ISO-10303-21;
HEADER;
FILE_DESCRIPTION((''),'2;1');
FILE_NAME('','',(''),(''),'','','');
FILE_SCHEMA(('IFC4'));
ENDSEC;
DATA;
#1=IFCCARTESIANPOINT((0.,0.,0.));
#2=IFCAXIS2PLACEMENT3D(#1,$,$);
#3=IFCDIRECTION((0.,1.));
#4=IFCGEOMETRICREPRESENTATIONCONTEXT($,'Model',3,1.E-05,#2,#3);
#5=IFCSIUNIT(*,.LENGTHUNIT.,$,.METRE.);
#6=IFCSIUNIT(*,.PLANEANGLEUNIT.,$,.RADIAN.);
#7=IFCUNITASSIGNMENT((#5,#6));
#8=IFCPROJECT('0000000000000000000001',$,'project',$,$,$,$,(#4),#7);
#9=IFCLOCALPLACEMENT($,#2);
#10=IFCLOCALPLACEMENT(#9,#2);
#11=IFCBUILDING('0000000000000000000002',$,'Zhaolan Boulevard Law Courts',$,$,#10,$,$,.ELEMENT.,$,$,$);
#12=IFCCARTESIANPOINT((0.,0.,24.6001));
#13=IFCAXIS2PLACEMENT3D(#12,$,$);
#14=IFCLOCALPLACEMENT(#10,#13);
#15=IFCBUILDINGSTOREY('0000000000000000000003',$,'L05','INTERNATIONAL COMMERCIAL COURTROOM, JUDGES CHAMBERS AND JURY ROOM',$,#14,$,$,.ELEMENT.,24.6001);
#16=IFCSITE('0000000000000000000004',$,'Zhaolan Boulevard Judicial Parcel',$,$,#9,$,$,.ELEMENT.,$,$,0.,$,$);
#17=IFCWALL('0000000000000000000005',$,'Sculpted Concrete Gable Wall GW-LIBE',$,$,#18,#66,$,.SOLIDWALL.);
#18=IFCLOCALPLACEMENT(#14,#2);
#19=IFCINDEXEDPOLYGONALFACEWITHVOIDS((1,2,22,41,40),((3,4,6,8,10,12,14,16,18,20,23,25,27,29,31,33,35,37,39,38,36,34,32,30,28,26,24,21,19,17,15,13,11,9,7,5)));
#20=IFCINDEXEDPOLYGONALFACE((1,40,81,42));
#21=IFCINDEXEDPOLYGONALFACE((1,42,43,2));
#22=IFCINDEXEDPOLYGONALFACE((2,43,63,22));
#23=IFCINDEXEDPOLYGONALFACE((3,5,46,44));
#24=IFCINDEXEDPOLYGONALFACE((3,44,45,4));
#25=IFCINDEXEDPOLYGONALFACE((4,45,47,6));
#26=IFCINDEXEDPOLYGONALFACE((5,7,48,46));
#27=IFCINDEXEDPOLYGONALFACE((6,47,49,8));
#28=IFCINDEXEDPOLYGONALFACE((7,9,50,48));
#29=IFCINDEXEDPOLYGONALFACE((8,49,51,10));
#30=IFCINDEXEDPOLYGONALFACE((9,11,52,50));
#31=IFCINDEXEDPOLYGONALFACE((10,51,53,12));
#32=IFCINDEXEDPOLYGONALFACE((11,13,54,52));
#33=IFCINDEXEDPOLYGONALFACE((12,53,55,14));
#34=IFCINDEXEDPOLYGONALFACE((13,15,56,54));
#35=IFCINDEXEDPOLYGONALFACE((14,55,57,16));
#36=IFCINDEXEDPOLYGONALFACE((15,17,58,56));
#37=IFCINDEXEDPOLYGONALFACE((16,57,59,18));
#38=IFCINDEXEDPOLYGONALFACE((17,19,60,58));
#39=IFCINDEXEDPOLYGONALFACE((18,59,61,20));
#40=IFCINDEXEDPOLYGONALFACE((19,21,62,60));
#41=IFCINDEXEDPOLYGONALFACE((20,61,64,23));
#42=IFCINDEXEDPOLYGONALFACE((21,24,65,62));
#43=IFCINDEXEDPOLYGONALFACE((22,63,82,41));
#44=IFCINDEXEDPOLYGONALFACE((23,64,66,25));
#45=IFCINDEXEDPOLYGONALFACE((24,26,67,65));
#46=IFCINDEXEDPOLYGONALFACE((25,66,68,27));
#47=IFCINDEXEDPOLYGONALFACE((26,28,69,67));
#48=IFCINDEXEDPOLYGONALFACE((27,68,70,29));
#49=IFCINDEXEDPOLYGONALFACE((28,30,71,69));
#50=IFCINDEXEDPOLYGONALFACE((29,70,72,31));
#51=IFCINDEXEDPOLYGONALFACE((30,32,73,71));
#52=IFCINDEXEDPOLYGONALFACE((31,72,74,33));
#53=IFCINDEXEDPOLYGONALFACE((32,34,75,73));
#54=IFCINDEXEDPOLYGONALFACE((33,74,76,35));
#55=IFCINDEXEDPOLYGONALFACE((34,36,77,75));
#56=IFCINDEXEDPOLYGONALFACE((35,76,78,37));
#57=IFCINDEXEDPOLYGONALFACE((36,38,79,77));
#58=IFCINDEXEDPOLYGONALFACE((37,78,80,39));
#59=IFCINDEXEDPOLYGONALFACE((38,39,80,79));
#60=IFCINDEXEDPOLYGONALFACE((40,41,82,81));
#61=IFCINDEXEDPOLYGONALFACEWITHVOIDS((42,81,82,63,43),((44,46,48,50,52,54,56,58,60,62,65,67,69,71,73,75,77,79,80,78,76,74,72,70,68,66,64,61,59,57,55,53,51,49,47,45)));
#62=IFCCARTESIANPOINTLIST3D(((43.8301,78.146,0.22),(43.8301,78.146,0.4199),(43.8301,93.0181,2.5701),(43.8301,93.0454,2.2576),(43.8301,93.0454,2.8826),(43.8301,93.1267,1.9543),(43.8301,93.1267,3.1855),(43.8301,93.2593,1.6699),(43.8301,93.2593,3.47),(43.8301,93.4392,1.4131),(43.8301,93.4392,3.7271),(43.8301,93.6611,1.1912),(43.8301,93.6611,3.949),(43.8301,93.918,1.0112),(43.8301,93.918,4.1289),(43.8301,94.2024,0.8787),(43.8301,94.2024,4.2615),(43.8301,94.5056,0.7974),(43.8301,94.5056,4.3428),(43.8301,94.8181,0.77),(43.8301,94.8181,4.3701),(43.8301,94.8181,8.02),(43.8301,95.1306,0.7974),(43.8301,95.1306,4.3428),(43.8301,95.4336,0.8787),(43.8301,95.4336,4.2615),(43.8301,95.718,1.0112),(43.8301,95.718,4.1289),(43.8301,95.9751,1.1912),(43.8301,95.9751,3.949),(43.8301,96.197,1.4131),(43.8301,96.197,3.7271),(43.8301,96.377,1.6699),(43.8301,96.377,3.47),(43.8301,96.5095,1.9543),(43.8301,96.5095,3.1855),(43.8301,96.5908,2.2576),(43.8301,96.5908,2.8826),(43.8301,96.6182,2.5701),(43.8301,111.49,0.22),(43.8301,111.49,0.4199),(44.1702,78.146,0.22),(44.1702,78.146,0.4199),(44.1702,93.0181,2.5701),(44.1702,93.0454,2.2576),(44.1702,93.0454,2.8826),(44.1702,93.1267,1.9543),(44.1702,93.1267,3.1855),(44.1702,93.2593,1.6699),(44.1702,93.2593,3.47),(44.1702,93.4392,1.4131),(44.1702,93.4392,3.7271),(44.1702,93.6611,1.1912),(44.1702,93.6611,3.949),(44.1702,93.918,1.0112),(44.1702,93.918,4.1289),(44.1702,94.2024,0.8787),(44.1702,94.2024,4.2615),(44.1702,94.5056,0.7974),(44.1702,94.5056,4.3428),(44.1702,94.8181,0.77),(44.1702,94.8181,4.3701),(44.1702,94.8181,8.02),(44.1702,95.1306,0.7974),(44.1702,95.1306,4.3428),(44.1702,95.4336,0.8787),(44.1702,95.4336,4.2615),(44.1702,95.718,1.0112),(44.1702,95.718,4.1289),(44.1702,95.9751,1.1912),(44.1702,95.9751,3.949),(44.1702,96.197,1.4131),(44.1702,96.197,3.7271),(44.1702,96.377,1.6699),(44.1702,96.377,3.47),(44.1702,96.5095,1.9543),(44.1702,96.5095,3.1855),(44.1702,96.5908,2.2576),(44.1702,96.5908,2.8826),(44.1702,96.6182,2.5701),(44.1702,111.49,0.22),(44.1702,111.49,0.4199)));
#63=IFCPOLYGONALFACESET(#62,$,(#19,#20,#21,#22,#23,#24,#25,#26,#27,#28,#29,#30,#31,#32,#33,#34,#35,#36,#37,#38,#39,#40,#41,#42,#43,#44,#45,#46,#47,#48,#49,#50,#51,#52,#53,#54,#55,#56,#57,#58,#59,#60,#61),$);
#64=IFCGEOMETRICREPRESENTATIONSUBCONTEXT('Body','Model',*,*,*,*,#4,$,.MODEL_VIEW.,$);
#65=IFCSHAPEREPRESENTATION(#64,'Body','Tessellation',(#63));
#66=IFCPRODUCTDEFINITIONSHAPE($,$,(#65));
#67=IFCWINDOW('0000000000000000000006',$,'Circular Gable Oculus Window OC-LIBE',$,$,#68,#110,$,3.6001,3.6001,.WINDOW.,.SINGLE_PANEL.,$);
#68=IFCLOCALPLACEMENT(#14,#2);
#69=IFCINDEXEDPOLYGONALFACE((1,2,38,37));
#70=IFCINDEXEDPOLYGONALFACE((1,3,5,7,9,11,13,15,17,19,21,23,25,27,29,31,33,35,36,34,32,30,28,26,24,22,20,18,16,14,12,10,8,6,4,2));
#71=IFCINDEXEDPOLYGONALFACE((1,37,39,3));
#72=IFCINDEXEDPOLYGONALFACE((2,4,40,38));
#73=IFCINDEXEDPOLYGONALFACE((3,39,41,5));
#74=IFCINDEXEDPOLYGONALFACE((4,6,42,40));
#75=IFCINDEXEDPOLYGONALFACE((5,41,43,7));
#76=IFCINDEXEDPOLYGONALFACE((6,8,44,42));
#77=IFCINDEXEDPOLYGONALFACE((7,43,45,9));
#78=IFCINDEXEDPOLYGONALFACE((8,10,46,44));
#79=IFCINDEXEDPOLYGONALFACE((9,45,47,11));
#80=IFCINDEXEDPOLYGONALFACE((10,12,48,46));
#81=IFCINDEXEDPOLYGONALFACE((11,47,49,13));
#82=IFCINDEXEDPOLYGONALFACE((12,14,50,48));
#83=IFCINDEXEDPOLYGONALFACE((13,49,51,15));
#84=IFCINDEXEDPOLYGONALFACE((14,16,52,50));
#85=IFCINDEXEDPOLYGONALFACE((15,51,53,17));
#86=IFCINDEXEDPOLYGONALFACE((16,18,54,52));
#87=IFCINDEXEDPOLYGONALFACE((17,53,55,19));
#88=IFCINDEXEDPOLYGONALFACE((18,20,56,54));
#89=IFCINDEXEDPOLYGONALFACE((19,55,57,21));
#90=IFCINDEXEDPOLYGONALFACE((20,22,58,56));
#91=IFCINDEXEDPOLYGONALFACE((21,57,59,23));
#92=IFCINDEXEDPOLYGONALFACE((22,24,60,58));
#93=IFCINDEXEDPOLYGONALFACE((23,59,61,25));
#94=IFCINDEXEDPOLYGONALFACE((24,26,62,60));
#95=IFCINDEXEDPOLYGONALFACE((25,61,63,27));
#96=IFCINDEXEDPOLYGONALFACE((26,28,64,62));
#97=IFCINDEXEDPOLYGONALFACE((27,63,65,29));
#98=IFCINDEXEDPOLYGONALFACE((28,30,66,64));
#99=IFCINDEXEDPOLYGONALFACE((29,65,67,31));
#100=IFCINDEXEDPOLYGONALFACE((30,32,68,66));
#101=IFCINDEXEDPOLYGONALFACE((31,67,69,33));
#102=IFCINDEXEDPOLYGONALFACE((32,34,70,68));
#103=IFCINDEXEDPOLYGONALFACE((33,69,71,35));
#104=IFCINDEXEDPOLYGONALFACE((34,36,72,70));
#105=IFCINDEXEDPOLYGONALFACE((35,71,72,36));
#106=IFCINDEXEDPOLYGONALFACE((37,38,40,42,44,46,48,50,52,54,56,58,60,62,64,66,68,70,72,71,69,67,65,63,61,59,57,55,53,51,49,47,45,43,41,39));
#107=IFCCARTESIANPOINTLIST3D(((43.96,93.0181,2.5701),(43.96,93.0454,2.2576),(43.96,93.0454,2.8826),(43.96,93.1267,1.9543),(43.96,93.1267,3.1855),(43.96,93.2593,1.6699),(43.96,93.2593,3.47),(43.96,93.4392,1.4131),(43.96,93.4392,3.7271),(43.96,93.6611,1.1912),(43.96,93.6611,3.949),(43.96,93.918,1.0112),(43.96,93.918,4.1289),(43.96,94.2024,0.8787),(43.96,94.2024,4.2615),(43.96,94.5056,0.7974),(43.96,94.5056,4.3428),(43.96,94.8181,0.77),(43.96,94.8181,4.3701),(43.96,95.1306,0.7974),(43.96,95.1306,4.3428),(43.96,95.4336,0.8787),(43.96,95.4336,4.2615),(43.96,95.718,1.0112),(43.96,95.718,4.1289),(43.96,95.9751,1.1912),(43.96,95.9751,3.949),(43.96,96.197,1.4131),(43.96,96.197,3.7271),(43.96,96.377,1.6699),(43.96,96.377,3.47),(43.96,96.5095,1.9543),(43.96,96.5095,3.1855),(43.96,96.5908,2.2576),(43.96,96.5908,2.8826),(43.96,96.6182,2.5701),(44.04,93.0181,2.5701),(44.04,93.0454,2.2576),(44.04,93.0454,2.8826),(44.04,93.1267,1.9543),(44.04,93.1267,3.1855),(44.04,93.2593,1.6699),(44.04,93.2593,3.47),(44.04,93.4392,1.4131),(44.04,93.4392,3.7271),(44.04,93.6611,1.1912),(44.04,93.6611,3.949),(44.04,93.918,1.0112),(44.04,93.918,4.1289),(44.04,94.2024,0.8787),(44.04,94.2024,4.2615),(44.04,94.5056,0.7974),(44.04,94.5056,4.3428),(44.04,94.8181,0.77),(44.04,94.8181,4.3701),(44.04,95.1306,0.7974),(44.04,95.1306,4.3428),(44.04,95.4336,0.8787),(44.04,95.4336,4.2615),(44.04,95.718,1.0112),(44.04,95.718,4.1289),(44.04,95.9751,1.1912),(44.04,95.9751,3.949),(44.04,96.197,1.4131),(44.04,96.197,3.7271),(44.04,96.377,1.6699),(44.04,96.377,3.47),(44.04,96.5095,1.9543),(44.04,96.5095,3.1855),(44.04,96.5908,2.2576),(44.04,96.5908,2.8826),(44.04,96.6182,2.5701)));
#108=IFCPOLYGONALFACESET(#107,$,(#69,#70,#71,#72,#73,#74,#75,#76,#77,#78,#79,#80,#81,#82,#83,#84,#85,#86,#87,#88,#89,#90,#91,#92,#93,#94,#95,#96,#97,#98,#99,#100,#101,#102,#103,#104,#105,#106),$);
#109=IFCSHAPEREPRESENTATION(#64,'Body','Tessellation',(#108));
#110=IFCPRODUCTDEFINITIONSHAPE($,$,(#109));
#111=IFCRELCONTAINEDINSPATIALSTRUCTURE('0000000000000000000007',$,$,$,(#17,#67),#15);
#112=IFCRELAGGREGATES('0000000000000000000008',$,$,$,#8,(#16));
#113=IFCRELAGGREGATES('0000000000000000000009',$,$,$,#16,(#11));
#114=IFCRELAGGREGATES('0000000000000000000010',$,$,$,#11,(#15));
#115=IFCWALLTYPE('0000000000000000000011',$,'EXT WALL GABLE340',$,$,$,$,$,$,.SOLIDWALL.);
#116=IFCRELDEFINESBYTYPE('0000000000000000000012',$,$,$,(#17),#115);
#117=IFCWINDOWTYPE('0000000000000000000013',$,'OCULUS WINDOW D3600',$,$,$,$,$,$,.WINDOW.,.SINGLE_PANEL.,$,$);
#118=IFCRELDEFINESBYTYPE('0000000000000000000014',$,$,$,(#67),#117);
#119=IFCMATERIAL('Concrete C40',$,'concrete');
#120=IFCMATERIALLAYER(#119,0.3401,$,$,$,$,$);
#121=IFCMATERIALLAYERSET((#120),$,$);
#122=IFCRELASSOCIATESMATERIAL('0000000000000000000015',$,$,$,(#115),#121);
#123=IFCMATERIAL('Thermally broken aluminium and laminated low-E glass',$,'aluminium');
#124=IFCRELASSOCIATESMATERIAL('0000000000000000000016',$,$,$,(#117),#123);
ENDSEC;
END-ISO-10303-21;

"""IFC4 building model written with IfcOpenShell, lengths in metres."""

from ifc_helpers import new_model, si_unit, direction, frame, origin, place, context, subcontext, project, spatial, polyline, outline, extrude, material, layer, layer_set, type_object, element, fill, save


model = new_model("IFC4")

# Units and contexts
model_context = context("Model", 3, precision=1e-05, world=origin(), true_north=direction((0.0, 1.0)))
body_context = subcontext(model_context, "Body", "Model", "MODEL_VIEW")
ifc_project = project(units=[si_unit("LENGTHUNIT", "METRE"), si_unit("PLANEANGLEUNIT", "RADIAN")], contexts=[model_context])

# Site, building, storey
site_placement = place(None, origin())
site = spatial("IfcSite", under=ifc_project, at=site_placement, Name="Zhaolan Boulevard Judicial Parcel", CompositionType="ELEMENT", RefElevation=0.0)
building_placement = place(site_placement, origin())
building = spatial("IfcBuilding", under=site, at=building_placement, Name="Zhaolan Boulevard Law Courts", CompositionType="ELEMENT")
storey_placement = place(building_placement, frame((0.0, 0.0, 24.6001)))
storey = spatial("IfcBuildingStorey", under=building, at=storey_placement, Name="L05", Description="INTERNATIONAL COMMERCIAL COURTROOM, JUDGES CHAMBERS AND JURY ROOM", CompositionType="ELEMENT", Elevation=24.6001)

# Wall, opening, window
ifc_material_1 = material(Name="Concrete C40", Category="concrete")
ifc_layer_1 = layer(ifc_material_1, 0.3401)
ifc_layer_set_1 = layer_set([ifc_layer_1])
wall_type_1 = type_object("IfcWallType", Name="EXT WALL GABLE340", PredefinedType="SOLIDWALL", material=ifc_layer_set_1)
wall_1_placement = place(storey_placement, frame((44.0, 78.146, 0.22), z_axis=(0.0, 0.0, 1.0), x_axis=(0.0, 1.0, 0.0)))
wall_1 = element("IfcWall", 1, at=wall_1_placement, inside=storey, type_object=wall_type_1, Name="Sculpted Concrete Gable Wall GW-LIBE", PredefinedType="SOLIDWALL", context=body_context, shape_type="SweptSolid", body=[
    extrude(outline(polyline([(0.0, 0.0), (33.344, 0.0), (33.344, 0.2), (16.6721, 7.8), (0.0, 0.2), (0.0, 0.0)])), frame((0.0, 0.1699, 0.0), z_axis=(0.0, -1.0, 0.0), x_axis=(1.0, 0.0, 0.0)), (0.0, 0.0, 1.0), 0.3401),
])
opening_placement = place(wall_1_placement, frame((14.8721, 0.0, 0.55)))
opening = element("IfcOpeningElement", 2, at=opening_placement, cuts=wall_1, PredefinedType="OPENING", context=body_context, shape_type="SweptSolid", body=[
    extrude(outline(polyline([(3.6001, 1.8), (3.5728, 2.1125), (3.4915, 2.4155), (3.3589, 2.7), (3.179, 2.957), (2.957, 3.179), (2.7, 3.3589), (2.4155, 3.4915), (2.1125, 3.5728), (1.8, 3.6001), (1.4875, 3.5728), (1.1843, 3.4915), (0.8999, 3.3589), (0.6431, 3.179), (0.4211, 2.957), (0.2412, 2.7), (0.1086, 2.4155), (0.0273, 2.1125), (0.0, 1.8), (0.0273, 1.4875), (0.1086, 1.1843), (0.2412, 0.8999), (0.4211, 0.6431), (0.6431, 0.4211), (0.8999, 0.2412), (1.1843, 0.1086), (1.4875, 0.0273), (1.8, 0.0), (2.1125, 0.0273), (2.4155, 0.1086), (2.7, 0.2412), (2.957, 0.4211), (3.179, 0.6431), (3.3589, 0.8999), (3.4915, 1.1843), (3.5728, 1.4875), (3.6001, 1.8)])), frame((0.0, 0.1799, 0.0), z_axis=(0.0, -1.0, 0.0), x_axis=(1.0, 0.0, 0.0)), (0.0, 0.0, 1.0), 0.3601),
])
ifc_material_2 = material(Name="Thermally broken aluminium and laminated low-E glass", Category="aluminium")
window_type = type_object("IfcWindowType", Name="OCULUS WINDOW D3600", PartitioningType="SINGLE_PANEL", PredefinedType="WINDOW", material=ifc_material_2)
window_placement = place(opening_placement, origin())
window = element("IfcWindow", 3, at=window_placement, inside=storey, type_object=window_type, Name="Circular Gable Oculus Window OC-LIBE", OverallHeight=3.6001, OverallWidth=3.6001, PartitioningType="SINGLE_PANEL", PredefinedType="WINDOW", context=body_context, shape_type="SweptSolid", body=[
    extrude(outline(polyline([(3.6001, 1.8), (3.5728, 2.1125), (3.4915, 2.4155), (3.3589, 2.7), (3.179, 2.957), (2.957, 3.179), (2.7, 3.3589), (2.4155, 3.4915), (2.1125, 3.5728), (1.8, 3.6001), (1.4875, 3.5728), (1.1843, 3.4915), (0.8999, 3.3589), (0.6431, 3.179), (0.4211, 2.957), (0.2412, 2.7), (0.1086, 2.4155), (0.0273, 2.1125), (0.0, 1.8), (0.0273, 1.4875), (0.1086, 1.1843), (0.2412, 0.8999), (0.4211, 0.6431), (0.6431, 0.4211), (0.8999, 0.2412), (1.1843, 0.1086), (1.4875, 0.0273), (1.8, 0.0), (2.1125, 0.0273), (2.4155, 0.1086), (2.7, 0.2412), (2.957, 0.4211), (3.179, 0.6431), (3.3589, 0.8999), (3.4915, 1.1843), (3.5728, 1.4875), (3.6001, 1.8)])), frame((0.0, 0.04, 0.0), z_axis=(0.0, -1.0, 0.0), x_axis=(1.0, 0.0, 0.0)), (0.0, 0.0, 1.0), 0.0801),
])
fill(opening, window)

save(model, "model.ifc")
